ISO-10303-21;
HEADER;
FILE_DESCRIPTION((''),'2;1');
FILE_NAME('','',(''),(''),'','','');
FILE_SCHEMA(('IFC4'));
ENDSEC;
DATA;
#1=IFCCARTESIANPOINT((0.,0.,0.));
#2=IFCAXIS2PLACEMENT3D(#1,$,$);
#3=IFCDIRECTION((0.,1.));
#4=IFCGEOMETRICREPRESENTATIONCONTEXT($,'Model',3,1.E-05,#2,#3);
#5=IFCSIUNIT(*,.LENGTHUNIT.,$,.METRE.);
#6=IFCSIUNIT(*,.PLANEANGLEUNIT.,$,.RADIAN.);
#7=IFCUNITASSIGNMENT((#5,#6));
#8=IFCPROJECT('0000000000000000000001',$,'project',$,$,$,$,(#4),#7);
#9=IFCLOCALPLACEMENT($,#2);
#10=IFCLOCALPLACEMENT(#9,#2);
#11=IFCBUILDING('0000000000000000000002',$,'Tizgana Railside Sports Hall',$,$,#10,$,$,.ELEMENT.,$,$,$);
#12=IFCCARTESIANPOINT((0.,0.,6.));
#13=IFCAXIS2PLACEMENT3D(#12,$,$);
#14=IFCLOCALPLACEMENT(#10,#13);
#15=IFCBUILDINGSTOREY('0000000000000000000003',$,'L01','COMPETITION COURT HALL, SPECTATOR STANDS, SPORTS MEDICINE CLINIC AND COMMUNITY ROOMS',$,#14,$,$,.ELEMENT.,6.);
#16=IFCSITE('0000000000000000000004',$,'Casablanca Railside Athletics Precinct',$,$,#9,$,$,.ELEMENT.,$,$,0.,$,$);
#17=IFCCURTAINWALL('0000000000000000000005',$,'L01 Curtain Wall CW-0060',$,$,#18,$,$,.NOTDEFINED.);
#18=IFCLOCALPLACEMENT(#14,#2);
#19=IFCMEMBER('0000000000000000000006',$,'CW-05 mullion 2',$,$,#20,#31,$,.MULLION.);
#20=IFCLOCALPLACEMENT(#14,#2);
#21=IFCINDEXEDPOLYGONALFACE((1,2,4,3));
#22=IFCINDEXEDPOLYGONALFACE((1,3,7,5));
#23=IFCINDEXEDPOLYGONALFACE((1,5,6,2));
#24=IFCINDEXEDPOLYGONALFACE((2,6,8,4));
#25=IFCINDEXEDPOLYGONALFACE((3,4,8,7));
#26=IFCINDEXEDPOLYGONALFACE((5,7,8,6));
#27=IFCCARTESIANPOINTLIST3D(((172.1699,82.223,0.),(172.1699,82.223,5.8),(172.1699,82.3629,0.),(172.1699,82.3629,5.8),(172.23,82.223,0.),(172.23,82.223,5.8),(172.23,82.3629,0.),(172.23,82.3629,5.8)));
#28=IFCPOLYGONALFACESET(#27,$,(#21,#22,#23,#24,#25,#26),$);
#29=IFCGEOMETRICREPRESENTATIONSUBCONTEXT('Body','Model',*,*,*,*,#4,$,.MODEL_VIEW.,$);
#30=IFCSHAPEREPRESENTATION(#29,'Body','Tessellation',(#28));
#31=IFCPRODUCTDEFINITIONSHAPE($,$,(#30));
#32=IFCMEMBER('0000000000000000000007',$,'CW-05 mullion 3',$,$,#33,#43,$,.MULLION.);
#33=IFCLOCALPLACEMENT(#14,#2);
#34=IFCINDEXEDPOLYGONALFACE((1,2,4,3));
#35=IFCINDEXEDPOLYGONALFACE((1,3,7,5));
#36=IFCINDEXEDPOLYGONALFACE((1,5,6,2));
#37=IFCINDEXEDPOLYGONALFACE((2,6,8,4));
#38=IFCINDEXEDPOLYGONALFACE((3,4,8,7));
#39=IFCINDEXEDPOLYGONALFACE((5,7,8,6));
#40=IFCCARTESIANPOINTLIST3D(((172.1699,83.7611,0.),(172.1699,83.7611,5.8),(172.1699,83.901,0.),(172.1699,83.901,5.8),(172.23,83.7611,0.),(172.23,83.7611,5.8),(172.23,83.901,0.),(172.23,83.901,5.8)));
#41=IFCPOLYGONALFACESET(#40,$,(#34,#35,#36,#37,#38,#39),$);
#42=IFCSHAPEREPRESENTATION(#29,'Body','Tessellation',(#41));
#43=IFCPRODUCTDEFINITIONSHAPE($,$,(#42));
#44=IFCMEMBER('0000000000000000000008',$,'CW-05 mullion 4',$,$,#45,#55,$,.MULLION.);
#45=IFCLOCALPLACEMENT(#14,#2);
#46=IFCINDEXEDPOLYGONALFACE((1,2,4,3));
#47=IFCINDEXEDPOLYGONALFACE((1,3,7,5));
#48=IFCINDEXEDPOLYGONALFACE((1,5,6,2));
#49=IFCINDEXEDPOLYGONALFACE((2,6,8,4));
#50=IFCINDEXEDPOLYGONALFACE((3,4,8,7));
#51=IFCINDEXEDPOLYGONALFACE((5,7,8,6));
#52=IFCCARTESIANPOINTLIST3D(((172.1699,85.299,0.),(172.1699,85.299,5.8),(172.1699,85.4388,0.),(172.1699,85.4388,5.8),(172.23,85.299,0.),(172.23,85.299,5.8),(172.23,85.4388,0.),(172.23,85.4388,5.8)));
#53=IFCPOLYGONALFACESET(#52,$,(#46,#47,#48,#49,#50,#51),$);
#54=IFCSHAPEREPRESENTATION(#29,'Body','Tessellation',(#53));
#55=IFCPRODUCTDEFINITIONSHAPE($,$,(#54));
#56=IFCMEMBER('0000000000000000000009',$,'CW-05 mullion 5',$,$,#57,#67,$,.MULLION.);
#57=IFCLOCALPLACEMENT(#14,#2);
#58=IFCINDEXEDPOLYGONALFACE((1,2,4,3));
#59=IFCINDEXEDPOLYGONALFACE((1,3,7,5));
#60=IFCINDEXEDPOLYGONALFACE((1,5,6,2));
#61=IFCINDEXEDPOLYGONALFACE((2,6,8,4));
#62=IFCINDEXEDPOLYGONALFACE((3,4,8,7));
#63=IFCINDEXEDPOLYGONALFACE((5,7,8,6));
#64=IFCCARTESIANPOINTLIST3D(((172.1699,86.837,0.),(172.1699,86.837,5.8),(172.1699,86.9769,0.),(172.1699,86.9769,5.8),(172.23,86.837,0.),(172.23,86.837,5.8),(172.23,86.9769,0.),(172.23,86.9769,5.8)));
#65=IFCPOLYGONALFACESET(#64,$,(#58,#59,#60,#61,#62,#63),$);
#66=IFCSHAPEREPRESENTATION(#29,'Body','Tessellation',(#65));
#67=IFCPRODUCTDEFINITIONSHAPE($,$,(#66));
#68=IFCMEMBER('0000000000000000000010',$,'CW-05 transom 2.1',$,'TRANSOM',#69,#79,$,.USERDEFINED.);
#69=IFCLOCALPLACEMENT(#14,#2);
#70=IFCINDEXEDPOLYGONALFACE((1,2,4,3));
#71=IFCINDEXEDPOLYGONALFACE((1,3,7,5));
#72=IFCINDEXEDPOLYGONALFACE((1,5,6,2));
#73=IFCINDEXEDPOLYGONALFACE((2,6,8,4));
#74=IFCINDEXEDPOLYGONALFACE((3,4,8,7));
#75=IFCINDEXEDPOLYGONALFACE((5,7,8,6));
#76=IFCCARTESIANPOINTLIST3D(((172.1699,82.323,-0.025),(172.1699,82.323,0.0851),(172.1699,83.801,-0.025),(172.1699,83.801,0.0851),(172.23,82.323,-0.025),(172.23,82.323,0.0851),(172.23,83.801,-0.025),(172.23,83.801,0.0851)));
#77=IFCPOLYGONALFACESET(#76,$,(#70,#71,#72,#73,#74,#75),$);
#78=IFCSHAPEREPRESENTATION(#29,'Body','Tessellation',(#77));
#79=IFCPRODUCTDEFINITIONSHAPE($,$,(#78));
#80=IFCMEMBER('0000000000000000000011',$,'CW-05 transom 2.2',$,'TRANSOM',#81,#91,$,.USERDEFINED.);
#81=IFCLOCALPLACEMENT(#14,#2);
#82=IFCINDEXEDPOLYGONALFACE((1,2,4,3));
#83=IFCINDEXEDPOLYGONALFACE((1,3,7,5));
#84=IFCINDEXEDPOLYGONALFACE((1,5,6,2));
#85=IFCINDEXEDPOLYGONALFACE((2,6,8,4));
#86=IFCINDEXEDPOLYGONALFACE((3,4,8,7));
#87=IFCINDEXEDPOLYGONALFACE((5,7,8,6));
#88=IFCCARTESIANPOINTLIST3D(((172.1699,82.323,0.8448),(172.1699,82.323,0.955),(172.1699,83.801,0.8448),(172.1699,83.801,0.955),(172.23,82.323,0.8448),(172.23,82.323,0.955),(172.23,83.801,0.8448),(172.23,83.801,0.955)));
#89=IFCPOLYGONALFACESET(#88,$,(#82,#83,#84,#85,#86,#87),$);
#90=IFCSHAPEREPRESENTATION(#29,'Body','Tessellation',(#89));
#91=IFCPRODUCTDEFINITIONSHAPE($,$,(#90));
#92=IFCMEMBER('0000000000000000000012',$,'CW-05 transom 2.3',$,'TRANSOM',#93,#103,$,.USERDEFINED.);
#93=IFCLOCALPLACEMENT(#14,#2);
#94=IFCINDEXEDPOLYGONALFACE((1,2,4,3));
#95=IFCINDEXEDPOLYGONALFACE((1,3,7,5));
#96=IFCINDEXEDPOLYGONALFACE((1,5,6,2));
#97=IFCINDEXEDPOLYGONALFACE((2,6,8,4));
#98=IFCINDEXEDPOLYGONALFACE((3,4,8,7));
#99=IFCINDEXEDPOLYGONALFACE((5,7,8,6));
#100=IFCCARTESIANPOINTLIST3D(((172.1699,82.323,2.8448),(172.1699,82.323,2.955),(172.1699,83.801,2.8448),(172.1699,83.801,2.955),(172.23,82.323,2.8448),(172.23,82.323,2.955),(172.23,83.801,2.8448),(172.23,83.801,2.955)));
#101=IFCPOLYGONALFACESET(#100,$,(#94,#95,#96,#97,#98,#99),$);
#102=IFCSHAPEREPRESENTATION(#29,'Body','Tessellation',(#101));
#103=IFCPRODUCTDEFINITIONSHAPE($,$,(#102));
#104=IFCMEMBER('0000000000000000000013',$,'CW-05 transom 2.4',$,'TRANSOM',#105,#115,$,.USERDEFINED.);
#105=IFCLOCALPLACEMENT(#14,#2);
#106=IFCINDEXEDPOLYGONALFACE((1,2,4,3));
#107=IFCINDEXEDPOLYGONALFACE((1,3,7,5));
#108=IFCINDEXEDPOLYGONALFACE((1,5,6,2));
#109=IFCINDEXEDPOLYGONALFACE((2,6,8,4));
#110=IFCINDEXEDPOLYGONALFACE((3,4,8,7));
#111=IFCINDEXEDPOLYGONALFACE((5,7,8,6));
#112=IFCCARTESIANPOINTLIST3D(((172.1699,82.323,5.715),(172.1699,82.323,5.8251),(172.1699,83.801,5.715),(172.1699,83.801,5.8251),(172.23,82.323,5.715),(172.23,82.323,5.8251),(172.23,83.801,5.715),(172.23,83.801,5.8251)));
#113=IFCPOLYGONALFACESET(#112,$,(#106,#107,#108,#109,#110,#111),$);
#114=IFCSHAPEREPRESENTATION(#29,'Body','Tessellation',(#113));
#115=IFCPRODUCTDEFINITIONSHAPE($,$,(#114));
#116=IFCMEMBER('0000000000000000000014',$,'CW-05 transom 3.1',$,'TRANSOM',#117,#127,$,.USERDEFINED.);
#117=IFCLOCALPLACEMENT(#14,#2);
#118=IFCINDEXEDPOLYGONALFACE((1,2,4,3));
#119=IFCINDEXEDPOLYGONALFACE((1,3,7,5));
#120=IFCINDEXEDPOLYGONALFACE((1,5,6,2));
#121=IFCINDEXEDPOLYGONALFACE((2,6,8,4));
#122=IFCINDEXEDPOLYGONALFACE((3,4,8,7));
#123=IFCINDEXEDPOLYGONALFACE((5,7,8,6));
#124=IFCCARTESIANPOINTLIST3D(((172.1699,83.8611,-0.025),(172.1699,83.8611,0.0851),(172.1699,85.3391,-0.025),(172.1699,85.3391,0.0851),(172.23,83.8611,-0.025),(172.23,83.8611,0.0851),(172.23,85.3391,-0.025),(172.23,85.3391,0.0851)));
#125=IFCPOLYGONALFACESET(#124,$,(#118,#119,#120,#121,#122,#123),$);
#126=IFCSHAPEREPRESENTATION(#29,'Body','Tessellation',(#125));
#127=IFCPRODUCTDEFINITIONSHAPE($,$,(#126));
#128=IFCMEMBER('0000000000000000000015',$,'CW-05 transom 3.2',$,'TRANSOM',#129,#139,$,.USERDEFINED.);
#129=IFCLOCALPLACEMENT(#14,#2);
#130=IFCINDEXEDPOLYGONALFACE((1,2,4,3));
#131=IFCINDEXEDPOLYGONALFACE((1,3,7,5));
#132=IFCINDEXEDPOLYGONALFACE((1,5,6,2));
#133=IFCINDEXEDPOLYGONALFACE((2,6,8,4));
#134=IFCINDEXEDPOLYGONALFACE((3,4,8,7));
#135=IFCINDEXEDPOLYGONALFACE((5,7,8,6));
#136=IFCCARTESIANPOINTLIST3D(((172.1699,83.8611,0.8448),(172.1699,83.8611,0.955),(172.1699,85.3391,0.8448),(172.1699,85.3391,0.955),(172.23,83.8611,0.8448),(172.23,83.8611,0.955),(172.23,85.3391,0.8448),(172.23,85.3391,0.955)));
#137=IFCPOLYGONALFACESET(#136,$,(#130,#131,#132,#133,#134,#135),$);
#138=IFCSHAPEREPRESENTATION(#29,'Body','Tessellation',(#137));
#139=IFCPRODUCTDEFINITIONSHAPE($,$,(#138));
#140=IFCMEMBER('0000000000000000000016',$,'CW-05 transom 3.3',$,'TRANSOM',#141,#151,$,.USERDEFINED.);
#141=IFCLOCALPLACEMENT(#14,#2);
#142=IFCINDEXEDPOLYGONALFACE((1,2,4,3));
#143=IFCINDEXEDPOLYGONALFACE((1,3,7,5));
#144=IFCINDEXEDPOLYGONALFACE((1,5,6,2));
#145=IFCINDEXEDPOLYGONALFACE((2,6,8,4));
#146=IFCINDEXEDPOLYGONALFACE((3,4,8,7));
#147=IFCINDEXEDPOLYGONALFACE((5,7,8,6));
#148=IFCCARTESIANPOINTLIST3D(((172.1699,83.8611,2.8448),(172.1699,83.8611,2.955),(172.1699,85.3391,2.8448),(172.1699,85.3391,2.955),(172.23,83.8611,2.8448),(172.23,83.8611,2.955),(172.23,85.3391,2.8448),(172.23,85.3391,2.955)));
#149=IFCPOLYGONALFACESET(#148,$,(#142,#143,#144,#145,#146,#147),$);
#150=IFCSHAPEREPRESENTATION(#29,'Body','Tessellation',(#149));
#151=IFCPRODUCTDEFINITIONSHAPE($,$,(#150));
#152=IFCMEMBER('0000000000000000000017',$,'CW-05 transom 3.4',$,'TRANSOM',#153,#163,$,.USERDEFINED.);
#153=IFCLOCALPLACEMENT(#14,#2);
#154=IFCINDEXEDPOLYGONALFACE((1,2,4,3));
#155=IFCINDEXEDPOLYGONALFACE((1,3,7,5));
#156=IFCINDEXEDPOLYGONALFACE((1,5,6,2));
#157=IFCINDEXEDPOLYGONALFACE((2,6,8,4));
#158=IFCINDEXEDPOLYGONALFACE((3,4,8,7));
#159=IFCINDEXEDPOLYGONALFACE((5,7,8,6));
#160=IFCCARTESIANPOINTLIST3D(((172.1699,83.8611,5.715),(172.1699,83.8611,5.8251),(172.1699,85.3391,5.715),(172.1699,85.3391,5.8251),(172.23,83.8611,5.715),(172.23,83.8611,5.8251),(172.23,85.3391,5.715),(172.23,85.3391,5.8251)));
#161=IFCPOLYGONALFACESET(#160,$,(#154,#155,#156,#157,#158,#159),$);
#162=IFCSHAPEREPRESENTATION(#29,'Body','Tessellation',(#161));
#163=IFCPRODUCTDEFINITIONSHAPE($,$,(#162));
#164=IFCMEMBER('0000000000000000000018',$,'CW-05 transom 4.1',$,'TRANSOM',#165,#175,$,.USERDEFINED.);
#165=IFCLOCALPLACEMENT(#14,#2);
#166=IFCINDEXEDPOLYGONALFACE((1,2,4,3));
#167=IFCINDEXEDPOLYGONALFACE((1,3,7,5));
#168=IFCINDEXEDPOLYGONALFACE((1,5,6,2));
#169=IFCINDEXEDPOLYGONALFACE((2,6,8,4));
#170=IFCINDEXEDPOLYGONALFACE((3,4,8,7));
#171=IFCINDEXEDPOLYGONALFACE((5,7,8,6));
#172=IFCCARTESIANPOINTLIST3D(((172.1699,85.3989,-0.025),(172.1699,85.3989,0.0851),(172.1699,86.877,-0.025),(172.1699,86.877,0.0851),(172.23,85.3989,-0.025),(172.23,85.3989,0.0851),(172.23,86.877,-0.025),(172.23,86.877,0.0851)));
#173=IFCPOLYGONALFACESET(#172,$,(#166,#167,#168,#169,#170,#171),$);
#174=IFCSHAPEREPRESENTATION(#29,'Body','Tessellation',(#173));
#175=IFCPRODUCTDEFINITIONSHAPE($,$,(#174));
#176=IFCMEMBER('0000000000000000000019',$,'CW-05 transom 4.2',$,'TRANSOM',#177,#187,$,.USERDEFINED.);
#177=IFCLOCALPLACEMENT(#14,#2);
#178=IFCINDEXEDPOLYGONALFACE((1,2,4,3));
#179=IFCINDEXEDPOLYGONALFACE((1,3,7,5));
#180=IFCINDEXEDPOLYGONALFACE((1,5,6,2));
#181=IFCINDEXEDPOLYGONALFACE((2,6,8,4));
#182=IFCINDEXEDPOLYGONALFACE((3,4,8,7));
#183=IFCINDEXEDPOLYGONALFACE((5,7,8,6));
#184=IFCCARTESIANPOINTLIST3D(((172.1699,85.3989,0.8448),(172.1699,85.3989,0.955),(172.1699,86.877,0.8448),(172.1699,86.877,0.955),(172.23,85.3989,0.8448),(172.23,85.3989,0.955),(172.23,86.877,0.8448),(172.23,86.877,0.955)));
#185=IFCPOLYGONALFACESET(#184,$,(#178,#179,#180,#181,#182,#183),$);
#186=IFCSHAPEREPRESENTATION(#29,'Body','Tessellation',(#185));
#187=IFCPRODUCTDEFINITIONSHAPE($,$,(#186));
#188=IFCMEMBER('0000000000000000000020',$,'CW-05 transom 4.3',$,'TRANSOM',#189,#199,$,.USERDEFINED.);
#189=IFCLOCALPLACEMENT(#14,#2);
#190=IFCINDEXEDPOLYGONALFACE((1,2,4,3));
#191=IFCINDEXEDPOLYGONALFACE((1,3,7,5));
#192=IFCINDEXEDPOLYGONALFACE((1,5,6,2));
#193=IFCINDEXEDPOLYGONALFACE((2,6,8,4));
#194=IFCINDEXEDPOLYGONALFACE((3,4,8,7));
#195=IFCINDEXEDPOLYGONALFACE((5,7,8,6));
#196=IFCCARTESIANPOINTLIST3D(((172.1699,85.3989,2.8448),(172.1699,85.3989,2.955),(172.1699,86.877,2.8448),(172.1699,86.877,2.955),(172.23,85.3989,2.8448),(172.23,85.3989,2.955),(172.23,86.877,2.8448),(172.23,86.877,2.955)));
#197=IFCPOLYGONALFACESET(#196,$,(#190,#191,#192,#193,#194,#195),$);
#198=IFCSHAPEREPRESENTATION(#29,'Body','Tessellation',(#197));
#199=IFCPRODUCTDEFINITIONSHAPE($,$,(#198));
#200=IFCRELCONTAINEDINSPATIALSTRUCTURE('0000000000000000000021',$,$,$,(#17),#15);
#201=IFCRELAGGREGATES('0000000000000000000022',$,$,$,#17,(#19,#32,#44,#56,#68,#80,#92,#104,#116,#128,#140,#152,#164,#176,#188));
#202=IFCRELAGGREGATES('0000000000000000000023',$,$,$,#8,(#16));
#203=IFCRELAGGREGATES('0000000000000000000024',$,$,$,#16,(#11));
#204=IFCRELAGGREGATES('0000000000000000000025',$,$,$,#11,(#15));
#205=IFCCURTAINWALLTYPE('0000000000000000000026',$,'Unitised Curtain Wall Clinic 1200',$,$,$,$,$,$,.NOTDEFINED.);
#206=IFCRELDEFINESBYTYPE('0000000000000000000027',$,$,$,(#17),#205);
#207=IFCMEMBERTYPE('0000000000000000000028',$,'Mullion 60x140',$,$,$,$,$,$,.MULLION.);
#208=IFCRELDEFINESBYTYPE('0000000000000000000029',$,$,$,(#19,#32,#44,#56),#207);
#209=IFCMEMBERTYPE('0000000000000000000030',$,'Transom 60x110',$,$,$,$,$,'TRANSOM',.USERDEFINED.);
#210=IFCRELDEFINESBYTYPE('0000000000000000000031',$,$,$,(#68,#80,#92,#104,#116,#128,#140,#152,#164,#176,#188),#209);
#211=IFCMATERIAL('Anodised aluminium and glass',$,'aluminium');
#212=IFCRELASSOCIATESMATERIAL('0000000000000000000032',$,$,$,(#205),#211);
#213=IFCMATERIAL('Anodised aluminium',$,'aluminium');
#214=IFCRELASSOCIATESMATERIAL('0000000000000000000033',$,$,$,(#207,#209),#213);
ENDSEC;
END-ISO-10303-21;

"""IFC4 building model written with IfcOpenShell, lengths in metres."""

from ifc_helpers import new_model, si_unit, direction, frame, origin, origin_2d, place, context, subcontext, project, spatial, rectangle, extrude, material, material_profile, profile_set, type_object, element, aggregate, save


model = new_model("IFC4")

# Units and contexts
model_context = context("Model", 3, precision=1e-05, world=origin(), true_north=direction((0.0, 1.0)))
body_context = subcontext(model_context, "Body", "Model", "MODEL_VIEW")
ifc_project = project(units=[si_unit("LENGTHUNIT", "METRE"), si_unit("PLANEANGLEUNIT", "RADIAN")], contexts=[model_context])

# Site, building, storey
site_placement = place(None, origin())
site = spatial("IfcSite", under=ifc_project, at=site_placement, Name="Casablanca Railside Athletics Precinct", CompositionType="ELEMENT", RefElevation=0.0)
building_placement = place(site_placement, origin())
building = spatial("IfcBuilding", under=site, at=building_placement, Name="Tizgana Railside Sports Hall", CompositionType="ELEMENT")
storey_placement = place(building_placement, frame((0.0, 0.0, 6.0)))
storey = spatial("IfcBuildingStorey", under=building, at=storey_placement, Name="L01", Description="COMPETITION COURT HALL, SPECTATOR STANDS, SPORTS MEDICINE CLINIC AND COMMUNITY ROOMS", CompositionType="ELEMENT", Elevation=6.0)

# Curtain wall, members
ifc_material_1 = material(Name="Anodised aluminium and glass", Category="aluminium")
curtain_wall_type = type_object("IfcCurtainWallType", Name="Unitised Curtain Wall Clinic 1200", PredefinedType="NOTDEFINED", material=ifc_material_1)
curtain_wall_placement = place(storey_placement, origin())
curtain_wall = element("IfcCurtainWall", 1, at=curtain_wall_placement, inside=storey, type_object=curtain_wall_type, Name="L01 Curtain Wall CW-0060", PredefinedType="NOTDEFINED")
ifc_material_2 = material(Name="Anodised aluminium", Category="aluminium")
ifc_material_profile_1 = material_profile(ifc_material_2, rectangle(XDim=0.0601, YDim=0.1399, at=origin_2d()), Name="Mullion 60x140")
ifc_profile_set_1 = profile_set([ifc_material_profile_1], Name="Anodised aluminium")
member_type_1 = type_object("IfcMemberType", Name="Mullion 60x140", PredefinedType="MULLION", material=ifc_profile_set_1)
member_1_placement = place(storey_placement, frame((172.2, 82.293, 0.0), z_axis=(0.0, 0.0, 1.0), x_axis=(-1.0, 0.0, 0.0)))
member_1 = element("IfcMember", 2, at=member_1_placement, type_object=member_type_1, Name="CW-05 mullion 2", PredefinedType="MULLION", context=body_context, shape_type="SweptSolid", body=[
    extrude(rectangle(XDim=0.0601, YDim=0.1399, at=origin_2d()), origin(), (0.0, 0.0, 1.0), 5.8),
])
member_2_placement = place(storey_placement, frame((172.2, 83.8311, 0.0), z_axis=(0.0, 0.0, 1.0), x_axis=(-1.0, 0.0, 0.0)))
member_2 = element("IfcMember", 3, at=member_2_placement, type_object=member_type_1, Name="CW-05 mullion 3", PredefinedType="MULLION", context=body_context, shape_type="SweptSolid", body=[
    extrude(rectangle(XDim=0.0601, YDim=0.1399, at=origin_2d()), origin(), (0.0, 0.0, 1.0), 5.8),
])
member_3_placement = place(storey_placement, frame((172.2, 85.3689, 0.0), z_axis=(0.0, 0.0, 1.0), x_axis=(-1.0, 0.0, 0.0)))
member_3 = element("IfcMember", 4, at=member_3_placement, type_object=member_type_1, Name="CW-05 mullion 4", PredefinedType="MULLION", context=body_context, shape_type="SweptSolid", body=[
    extrude(rectangle(XDim=0.0601, YDim=0.1399, at=origin_2d()), origin(), (0.0, 0.0, 1.0), 5.8),
])
member_4_placement = place(storey_placement, frame((172.2, 86.907, 0.0), z_axis=(0.0, 0.0, 1.0), x_axis=(-1.0, 0.0, 0.0)))
member_4 = element("IfcMember", 5, at=member_4_placement, type_object=member_type_1, Name="CW-05 mullion 5", PredefinedType="MULLION", context=body_context, shape_type="SweptSolid", body=[
    extrude(rectangle(XDim=0.0601, YDim=0.1399, at=origin_2d()), origin(), (0.0, 0.0, 1.0), 5.8),
])
ifc_material_profile_2 = material_profile(ifc_material_2, rectangle(XDim=0.0601, YDim=0.1101, at=origin_2d()), Name="Transom 60x110")
ifc_profile_set_2 = profile_set([ifc_material_profile_2], Name="Anodised aluminium")
member_type_2 = type_object("IfcMemberType", Name="Transom 60x110", ElementType="TRANSOM", PredefinedType="USERDEFINED", material=ifc_profile_set_2)
member_5_placement = place(storey_placement, frame((172.2, 82.323, 0.03), z_axis=(0.0, 1.0, 0.0), x_axis=(-1.0, 0.0, 0.0)))
member_5 = element("IfcMember", 6, at=member_5_placement, type_object=member_type_2, Name="CW-05 transom 2.1", ObjectType="TRANSOM", PredefinedType="USERDEFINED", context=body_context, shape_type="SweptSolid", body=[
    extrude(rectangle(XDim=0.0601, YDim=0.1101, at=origin_2d()), origin(), (0.0, 0.0, 1.0), 1.478),
])
member_6_placement = place(storey_placement, frame((172.2, 82.323, 0.8999), z_axis=(0.0, 1.0, 0.0), x_axis=(-1.0, 0.0, 0.0)))
member_6 = element("IfcMember", 7, at=member_6_placement, type_object=member_type_2, Name="CW-05 transom 2.2", ObjectType="TRANSOM", PredefinedType="USERDEFINED", context=body_context, shape_type="SweptSolid", body=[
    extrude(rectangle(XDim=0.0601, YDim=0.1101, at=origin_2d()), origin(), (0.0, 0.0, 1.0), 1.478),
])
member_7_placement = place(storey_placement, frame((172.2, 82.323, 2.8999), z_axis=(0.0, 1.0, 0.0), x_axis=(-1.0, 0.0, 0.0)))
member_7 = element("IfcMember", 8, at=member_7_placement, type_object=member_type_2, Name="CW-05 transom 2.3", ObjectType="TRANSOM", PredefinedType="USERDEFINED", context=body_context, shape_type="SweptSolid", body=[
    extrude(rectangle(XDim=0.0601, YDim=0.1101, at=origin_2d()), origin(), (0.0, 0.0, 1.0), 1.478),
])
member_8_placement = place(storey_placement, frame((172.2, 82.323, 5.77), z_axis=(0.0, 1.0, 0.0), x_axis=(-1.0, 0.0, 0.0)))
member_8 = element("IfcMember", 9, at=member_8_placement, type_object=member_type_2, Name="CW-05 transom 2.4", ObjectType="TRANSOM", PredefinedType="USERDEFINED", context=body_context, shape_type="SweptSolid", body=[
    extrude(rectangle(XDim=0.0601, YDim=0.1101, at=origin_2d()), origin(), (0.0, 0.0, 1.0), 1.478),
])
member_9_placement = place(storey_placement, frame((172.2, 83.8611, 0.03), z_axis=(0.0, 1.0, 0.0), x_axis=(-1.0, 0.0, 0.0)))
member_9 = element("IfcMember", 10, at=member_9_placement, type_object=member_type_2, Name="CW-05 transom 3.1", ObjectType="TRANSOM", PredefinedType="USERDEFINED", context=body_context, shape_type="SweptSolid", body=[
    extrude(rectangle(XDim=0.0601, YDim=0.1101, at=origin_2d()), origin(), (0.0, 0.0, 1.0), 1.478),
])
member_10_placement = place(storey_placement, frame((172.2, 83.8611, 0.8999), z_axis=(0.0, 1.0, 0.0), x_axis=(-1.0, 0.0, 0.0)))
member_10 = element("IfcMember", 11, at=member_10_placement, type_object=member_type_2, Name="CW-05 transom 3.2", ObjectType="TRANSOM", PredefinedType="USERDEFINED", context=body_context, shape_type="SweptSolid", body=[
    extrude(rectangle(XDim=0.0601, YDim=0.1101, at=origin_2d()), origin(), (0.0, 0.0, 1.0), 1.478),
])
member_11_placement = place(storey_placement, frame((172.2, 83.8611, 2.8999), z_axis=(0.0, 1.0, 0.0), x_axis=(-1.0, 0.0, 0.0)))
member_11 = element("IfcMember", 12, at=member_11_placement, type_object=member_type_2, Name="CW-05 transom 3.3", ObjectType="TRANSOM", PredefinedType="USERDEFINED", context=body_context, shape_type="SweptSolid", body=[
    extrude(rectangle(XDim=0.0601, YDim=0.1101, at=origin_2d()), origin(), (0.0, 0.0, 1.0), 1.478),
])
member_12_placement = place(storey_placement, frame((172.2, 83.8611, 5.77), z_axis=(0.0, 1.0, 0.0), x_axis=(-1.0, 0.0, 0.0)))
member_12 = element("IfcMember", 13, at=member_12_placement, type_object=member_type_2, Name="CW-05 transom 3.4", ObjectType="TRANSOM", PredefinedType="USERDEFINED", context=body_context, shape_type="SweptSolid", body=[
    extrude(rectangle(XDim=0.0601, YDim=0.1101, at=origin_2d()), origin(), (0.0, 0.0, 1.0), 1.478),
])
member_13_placement = place(storey_placement, frame((172.2, 85.3989, 0.03), z_axis=(0.0, 1.0, 0.0), x_axis=(-1.0, 0.0, 0.0)))
member_13 = element("IfcMember", 14, at=member_13_placement, type_object=member_type_2, Name="CW-05 transom 4.1", ObjectType="TRANSOM", PredefinedType="USERDEFINED", context=body_context, shape_type="SweptSolid", body=[
    extrude(rectangle(XDim=0.0601, YDim=0.1101, at=origin_2d()), origin(), (0.0, 0.0, 1.0), 1.478),
])
member_14_placement = place(storey_placement, frame((172.2, 85.3989, 0.8999), z_axis=(0.0, 1.0, 0.0), x_axis=(-1.0, 0.0, 0.0)))
member_14 = element("IfcMember", 15, at=member_14_placement, type_object=member_type_2, Name="CW-05 transom 4.2", ObjectType="TRANSOM", PredefinedType="USERDEFINED", context=body_context, shape_type="SweptSolid", body=[
    extrude(rectangle(XDim=0.0601, YDim=0.1101, at=origin_2d()), origin(), (0.0, 0.0, 1.0), 1.478),
])
member_15_placement = place(storey_placement, frame((172.2, 85.3989, 2.8999), z_axis=(0.0, 1.0, 0.0), x_axis=(-1.0, 0.0, 0.0)))
member_15 = element("IfcMember", 16, at=member_15_placement, type_object=member_type_2, Name="CW-05 transom 4.3", ObjectType="TRANSOM", PredefinedType="USERDEFINED", context=body_context, shape_type="SweptSolid", body=[
    extrude(rectangle(XDim=0.0601, YDim=0.1101, at=origin_2d()), origin(), (0.0, 0.0, 1.0), 1.478),
])
aggregate(curtain_wall, [member_1, member_2, member_3, member_4, member_5, member_6, member_7, member_8, member_9, member_10, member_11, member_12, member_13, member_14, member_15])

save(model, "model.ifc")
